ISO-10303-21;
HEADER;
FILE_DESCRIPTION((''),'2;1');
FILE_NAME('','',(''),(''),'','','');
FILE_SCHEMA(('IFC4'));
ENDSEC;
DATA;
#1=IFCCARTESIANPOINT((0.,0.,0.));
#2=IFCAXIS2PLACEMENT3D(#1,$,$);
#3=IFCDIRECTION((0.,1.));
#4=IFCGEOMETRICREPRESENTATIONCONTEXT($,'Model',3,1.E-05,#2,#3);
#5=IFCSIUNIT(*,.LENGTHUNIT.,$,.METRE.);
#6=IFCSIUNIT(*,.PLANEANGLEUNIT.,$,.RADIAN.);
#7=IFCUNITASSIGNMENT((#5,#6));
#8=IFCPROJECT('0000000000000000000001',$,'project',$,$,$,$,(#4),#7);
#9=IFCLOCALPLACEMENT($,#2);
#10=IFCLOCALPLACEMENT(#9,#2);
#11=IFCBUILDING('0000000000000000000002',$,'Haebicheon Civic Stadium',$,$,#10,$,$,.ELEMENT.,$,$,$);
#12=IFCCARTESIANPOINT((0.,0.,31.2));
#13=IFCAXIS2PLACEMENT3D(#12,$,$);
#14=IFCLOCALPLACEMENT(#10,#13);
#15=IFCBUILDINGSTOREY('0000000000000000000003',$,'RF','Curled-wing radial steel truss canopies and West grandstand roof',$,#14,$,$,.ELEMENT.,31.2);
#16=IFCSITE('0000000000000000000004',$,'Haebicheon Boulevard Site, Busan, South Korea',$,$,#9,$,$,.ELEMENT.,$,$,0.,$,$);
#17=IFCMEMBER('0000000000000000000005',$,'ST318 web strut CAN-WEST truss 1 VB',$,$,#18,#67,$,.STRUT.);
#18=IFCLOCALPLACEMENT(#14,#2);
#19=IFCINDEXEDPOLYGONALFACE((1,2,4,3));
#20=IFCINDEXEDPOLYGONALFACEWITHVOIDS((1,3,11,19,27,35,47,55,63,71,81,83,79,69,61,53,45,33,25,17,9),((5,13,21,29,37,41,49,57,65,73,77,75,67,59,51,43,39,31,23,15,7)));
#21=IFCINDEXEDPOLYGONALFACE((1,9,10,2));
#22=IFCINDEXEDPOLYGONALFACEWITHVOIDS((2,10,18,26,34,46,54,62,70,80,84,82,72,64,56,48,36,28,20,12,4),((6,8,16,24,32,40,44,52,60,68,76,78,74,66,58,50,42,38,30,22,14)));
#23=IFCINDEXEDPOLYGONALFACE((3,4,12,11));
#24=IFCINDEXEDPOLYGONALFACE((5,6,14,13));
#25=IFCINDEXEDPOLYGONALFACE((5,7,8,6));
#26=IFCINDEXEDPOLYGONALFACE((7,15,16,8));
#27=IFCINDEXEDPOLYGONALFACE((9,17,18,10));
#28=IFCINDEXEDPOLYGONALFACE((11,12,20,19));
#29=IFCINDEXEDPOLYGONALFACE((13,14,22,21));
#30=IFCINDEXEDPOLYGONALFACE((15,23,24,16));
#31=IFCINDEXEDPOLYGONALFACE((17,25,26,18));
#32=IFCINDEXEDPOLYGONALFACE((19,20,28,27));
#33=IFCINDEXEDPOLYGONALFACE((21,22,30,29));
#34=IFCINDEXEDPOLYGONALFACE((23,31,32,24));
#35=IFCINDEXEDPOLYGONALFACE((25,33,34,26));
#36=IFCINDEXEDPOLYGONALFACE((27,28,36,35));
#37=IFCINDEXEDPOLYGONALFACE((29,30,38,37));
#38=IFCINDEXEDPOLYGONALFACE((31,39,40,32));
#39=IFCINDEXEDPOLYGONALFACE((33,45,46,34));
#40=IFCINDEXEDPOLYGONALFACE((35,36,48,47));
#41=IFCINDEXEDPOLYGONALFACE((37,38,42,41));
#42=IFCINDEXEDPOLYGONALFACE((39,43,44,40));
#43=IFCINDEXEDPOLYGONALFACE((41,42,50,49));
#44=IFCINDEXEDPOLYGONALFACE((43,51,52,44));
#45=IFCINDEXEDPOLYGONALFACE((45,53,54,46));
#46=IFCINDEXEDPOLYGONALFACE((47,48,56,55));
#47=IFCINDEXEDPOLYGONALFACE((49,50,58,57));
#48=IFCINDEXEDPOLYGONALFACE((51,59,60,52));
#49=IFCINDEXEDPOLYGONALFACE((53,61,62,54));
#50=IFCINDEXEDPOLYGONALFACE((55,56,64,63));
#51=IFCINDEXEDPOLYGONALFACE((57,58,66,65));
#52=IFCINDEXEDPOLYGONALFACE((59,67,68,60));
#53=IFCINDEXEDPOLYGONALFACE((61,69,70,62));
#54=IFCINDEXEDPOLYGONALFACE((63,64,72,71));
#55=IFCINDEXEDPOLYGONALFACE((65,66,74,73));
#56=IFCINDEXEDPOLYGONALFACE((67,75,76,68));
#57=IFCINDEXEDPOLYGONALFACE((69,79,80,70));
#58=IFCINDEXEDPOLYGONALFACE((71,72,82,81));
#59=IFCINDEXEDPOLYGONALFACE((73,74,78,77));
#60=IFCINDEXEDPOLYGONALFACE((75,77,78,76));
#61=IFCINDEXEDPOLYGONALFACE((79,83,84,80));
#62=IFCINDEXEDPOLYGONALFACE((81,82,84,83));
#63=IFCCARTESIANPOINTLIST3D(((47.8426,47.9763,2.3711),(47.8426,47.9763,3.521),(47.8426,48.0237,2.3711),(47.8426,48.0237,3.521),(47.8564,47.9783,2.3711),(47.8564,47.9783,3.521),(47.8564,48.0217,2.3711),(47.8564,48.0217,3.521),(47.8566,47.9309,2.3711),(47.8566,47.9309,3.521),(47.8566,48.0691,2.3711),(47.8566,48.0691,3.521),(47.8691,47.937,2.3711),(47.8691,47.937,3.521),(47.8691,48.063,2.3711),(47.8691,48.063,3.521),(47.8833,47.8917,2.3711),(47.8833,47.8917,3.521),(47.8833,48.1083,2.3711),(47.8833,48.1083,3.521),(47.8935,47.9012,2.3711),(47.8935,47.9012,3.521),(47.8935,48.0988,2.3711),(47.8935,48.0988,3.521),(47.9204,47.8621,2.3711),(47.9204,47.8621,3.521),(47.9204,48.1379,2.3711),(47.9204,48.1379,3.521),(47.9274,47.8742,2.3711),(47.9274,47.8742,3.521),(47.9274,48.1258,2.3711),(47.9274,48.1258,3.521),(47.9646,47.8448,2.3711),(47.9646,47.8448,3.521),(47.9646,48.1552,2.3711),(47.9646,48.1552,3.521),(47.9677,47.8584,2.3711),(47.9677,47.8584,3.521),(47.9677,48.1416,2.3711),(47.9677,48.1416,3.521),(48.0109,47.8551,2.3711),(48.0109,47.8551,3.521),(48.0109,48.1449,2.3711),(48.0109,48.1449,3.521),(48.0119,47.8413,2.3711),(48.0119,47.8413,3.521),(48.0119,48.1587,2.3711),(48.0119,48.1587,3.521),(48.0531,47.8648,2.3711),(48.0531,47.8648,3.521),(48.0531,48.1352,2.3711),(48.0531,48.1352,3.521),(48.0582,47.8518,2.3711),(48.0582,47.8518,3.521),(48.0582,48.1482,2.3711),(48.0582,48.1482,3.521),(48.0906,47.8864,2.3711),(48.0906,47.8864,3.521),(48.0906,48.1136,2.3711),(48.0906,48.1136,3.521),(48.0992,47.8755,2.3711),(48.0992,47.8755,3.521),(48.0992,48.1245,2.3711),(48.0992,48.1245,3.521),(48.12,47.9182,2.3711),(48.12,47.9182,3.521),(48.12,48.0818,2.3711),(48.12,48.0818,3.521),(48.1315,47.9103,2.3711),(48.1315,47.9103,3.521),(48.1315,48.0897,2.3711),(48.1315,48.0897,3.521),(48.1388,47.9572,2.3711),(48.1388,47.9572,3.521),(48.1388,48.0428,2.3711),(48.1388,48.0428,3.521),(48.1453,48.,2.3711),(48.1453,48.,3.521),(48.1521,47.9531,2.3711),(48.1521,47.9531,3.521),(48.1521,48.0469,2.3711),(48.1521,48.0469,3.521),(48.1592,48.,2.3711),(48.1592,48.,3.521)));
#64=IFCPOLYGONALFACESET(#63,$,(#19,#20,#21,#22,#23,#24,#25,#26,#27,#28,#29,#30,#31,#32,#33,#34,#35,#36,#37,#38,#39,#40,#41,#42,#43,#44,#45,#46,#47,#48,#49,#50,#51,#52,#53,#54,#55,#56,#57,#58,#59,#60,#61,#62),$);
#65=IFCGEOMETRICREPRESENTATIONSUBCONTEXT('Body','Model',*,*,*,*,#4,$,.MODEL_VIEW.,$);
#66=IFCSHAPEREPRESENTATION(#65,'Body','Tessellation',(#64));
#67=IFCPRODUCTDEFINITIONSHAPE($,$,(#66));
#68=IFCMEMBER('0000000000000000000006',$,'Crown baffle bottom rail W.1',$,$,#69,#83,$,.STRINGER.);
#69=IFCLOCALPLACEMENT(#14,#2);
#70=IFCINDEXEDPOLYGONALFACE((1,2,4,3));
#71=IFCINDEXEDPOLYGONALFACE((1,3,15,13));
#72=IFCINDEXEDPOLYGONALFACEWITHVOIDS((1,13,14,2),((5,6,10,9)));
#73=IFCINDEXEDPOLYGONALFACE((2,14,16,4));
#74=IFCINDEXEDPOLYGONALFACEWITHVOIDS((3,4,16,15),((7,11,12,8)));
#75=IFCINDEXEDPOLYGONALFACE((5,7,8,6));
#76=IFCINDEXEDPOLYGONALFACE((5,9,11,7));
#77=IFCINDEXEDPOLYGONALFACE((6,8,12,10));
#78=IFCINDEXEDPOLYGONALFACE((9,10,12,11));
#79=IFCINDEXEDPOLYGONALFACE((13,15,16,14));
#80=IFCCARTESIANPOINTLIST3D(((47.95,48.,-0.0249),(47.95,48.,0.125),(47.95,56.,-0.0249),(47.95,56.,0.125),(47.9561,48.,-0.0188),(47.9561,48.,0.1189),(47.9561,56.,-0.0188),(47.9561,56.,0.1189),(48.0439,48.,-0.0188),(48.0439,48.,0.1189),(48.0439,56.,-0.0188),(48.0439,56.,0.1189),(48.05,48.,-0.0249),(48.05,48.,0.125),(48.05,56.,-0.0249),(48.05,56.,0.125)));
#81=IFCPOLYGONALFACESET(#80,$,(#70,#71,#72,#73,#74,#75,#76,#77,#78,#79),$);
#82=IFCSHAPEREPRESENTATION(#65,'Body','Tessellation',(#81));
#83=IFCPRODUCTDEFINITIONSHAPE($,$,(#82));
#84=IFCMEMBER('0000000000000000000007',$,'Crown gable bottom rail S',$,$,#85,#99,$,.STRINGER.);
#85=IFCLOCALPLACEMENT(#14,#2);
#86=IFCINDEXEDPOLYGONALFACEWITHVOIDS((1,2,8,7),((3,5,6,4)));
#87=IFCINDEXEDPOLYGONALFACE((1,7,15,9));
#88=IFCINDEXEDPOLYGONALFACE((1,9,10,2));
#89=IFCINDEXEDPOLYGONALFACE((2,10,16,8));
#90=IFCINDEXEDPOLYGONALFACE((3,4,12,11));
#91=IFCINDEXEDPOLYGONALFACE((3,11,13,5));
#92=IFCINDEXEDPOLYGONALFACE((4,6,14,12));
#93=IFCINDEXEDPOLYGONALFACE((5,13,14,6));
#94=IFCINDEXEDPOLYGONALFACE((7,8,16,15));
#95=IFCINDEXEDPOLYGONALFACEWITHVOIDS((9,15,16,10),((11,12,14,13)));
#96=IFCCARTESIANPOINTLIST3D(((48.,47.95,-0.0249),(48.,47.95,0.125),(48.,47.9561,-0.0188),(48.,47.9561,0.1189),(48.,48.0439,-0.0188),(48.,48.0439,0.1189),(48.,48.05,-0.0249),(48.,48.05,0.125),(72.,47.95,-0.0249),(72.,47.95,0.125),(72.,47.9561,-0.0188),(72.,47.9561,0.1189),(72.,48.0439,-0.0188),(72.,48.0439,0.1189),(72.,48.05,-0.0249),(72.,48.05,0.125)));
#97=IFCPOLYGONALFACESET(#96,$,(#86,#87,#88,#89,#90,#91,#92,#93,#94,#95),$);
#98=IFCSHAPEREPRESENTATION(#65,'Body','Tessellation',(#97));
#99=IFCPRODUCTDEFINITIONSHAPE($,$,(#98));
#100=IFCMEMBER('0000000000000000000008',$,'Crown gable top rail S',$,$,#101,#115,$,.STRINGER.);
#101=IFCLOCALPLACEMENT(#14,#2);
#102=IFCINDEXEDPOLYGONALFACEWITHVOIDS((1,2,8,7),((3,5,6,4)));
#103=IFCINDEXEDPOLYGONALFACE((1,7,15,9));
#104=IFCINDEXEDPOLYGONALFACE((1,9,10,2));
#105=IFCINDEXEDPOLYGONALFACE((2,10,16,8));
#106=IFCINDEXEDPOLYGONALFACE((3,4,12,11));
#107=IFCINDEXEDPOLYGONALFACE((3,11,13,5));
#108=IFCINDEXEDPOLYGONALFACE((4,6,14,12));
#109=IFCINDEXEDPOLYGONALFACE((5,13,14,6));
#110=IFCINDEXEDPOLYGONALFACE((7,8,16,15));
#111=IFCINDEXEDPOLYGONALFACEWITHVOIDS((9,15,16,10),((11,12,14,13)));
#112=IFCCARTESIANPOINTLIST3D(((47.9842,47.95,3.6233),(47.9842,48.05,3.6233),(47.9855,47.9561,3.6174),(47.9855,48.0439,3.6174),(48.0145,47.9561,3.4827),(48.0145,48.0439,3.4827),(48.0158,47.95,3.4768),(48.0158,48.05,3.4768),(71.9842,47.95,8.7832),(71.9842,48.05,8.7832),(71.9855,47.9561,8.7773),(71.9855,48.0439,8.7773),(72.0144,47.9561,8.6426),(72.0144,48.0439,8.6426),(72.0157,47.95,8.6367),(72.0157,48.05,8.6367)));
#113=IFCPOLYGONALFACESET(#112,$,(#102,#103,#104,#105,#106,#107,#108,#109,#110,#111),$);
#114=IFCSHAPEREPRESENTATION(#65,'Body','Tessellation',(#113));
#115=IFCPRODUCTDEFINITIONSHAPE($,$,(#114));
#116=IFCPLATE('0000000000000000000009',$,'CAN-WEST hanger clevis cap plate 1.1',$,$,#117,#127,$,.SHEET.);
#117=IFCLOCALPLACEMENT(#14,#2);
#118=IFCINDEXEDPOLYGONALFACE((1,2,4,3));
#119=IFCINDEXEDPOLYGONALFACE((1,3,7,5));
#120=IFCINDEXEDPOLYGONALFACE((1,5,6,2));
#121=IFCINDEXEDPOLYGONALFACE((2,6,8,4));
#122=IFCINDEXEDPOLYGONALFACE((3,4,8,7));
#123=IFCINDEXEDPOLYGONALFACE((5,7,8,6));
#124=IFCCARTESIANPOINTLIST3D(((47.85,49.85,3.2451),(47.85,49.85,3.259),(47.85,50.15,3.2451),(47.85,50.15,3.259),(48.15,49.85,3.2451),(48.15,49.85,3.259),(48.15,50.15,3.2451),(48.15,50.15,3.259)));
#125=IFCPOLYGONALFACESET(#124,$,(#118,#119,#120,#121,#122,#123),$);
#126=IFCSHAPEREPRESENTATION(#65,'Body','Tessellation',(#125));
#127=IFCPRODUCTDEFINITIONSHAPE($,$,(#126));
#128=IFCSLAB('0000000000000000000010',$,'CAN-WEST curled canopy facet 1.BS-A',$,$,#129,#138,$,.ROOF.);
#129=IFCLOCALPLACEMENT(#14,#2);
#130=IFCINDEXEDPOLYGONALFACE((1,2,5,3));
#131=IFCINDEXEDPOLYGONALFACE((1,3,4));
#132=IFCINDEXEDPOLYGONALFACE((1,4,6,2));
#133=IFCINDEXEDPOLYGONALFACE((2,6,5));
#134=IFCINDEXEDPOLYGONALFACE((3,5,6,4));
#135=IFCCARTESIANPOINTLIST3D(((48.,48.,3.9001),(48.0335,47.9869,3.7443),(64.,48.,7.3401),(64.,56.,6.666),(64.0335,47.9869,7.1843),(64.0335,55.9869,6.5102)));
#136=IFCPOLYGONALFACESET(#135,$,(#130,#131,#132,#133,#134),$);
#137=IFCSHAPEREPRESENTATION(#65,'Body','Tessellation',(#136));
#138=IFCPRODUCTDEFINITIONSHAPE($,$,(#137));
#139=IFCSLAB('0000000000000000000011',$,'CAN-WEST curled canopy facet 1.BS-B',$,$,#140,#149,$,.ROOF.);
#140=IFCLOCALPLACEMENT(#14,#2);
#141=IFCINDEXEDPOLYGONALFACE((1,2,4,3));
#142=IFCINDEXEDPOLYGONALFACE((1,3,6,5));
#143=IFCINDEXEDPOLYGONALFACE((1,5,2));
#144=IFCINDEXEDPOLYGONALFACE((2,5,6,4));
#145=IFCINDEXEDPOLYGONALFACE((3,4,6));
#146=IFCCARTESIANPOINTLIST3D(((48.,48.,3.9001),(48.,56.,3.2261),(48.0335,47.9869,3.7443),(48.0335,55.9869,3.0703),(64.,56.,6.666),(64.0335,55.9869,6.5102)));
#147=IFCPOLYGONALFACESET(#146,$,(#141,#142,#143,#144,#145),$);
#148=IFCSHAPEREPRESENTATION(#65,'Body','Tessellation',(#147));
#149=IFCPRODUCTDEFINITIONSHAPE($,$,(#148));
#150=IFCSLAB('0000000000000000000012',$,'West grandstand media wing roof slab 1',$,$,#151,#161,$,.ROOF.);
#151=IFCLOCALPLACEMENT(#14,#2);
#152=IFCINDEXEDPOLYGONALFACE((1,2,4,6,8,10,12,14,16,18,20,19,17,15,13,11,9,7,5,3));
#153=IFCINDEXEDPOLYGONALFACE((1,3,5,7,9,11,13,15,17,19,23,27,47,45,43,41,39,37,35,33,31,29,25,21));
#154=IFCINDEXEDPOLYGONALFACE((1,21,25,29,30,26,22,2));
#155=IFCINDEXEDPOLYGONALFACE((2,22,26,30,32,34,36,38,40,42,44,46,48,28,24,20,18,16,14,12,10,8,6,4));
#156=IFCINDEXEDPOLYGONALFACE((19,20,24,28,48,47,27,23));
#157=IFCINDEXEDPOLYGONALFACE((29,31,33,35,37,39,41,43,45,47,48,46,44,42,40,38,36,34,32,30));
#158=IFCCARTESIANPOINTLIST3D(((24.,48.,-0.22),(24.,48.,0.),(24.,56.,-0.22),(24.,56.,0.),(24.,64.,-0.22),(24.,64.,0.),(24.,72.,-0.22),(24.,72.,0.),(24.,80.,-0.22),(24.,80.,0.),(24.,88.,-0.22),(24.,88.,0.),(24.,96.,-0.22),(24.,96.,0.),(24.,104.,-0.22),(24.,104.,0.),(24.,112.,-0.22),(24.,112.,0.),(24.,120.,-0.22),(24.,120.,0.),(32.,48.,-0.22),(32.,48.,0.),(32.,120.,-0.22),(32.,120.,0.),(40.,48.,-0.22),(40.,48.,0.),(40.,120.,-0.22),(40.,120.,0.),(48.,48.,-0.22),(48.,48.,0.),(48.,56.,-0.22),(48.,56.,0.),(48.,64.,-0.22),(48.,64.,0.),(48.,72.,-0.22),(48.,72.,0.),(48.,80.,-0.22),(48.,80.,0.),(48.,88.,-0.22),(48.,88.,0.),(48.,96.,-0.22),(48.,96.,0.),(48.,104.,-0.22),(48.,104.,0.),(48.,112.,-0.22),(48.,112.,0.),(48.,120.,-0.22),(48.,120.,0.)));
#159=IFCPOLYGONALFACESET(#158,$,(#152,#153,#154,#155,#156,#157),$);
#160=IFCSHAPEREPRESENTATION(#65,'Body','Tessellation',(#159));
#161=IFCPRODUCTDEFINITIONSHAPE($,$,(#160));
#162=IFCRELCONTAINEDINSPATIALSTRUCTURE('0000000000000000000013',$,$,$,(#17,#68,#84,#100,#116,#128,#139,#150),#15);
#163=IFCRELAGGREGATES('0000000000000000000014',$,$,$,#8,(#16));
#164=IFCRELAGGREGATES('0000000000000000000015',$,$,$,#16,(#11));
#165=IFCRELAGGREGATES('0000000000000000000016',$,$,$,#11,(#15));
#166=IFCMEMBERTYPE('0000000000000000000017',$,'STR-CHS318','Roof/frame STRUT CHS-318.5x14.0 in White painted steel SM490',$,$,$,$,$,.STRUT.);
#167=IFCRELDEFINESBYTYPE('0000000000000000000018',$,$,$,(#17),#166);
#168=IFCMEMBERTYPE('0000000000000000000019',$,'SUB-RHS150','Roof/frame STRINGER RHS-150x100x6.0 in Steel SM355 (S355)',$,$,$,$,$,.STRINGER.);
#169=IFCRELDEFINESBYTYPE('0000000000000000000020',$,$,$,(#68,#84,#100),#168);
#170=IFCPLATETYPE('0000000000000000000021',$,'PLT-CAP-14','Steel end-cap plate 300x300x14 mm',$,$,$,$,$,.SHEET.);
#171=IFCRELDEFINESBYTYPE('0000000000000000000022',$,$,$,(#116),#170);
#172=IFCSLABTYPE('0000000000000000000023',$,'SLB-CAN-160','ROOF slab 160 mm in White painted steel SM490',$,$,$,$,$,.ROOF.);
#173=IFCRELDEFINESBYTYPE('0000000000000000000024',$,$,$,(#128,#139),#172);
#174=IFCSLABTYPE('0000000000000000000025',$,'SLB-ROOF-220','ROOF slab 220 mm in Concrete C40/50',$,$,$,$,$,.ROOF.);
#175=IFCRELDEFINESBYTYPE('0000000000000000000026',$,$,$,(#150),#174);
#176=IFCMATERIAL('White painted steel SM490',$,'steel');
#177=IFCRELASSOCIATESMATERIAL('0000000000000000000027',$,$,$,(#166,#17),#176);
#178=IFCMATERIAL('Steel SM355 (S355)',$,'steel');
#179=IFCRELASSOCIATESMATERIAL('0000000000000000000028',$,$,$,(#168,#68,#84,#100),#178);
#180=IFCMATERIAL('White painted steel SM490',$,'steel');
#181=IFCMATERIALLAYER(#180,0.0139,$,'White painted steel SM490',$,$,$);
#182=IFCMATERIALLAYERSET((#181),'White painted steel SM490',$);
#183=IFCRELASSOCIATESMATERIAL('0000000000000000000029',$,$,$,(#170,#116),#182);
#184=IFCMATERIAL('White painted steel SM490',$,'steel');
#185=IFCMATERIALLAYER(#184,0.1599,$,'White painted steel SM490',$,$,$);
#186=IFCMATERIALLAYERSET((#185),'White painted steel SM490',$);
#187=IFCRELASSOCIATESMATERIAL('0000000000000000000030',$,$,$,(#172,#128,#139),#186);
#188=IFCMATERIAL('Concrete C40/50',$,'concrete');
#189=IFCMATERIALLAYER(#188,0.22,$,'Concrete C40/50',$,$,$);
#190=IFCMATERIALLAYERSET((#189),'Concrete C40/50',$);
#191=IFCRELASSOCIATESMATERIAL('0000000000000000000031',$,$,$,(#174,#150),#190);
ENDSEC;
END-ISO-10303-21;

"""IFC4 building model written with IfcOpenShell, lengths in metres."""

from ifc_helpers import new_model, si_unit, direction, frame, origin, origin_2d, place, context, subcontext, project, spatial, polyline, rectangle, hollow_rectangle, hollow_circle, outline, extrude, material, layer, layer_set, material_profile, profile_set, type_object, element, save


model = new_model("IFC4")

# Units and contexts
model_context = context("Model", 3, precision=1e-05, world=origin(), true_north=direction((0.0, 1.0)))
body_context = subcontext(model_context, "Body", "Model", "MODEL_VIEW")
ifc_project = project(units=[si_unit("LENGTHUNIT", "METRE"), si_unit("PLANEANGLEUNIT", "RADIAN")], contexts=[model_context])

# Site, building, storey
site_placement = place(None, origin())
site = spatial("IfcSite", under=ifc_project, at=site_placement, Name="Haebicheon Boulevard Site, Busan, South Korea", CompositionType="ELEMENT", RefElevation=0.0)
building_placement = place(site_placement, origin())
building = spatial("IfcBuilding", under=site, at=building_placement, Name="Haebicheon Civic Stadium", CompositionType="ELEMENT")
storey_placement = place(building_placement, frame((0.0, 0.0, 31.2)))
storey = spatial("IfcBuildingStorey", under=building, at=storey_placement, Name="RF", Description="Curled-wing radial steel truss canopies and West grandstand roof", CompositionType="ELEMENT", Elevation=31.2)

# Members
ifc_material_1 = material(Name="White painted steel SM490", Category="steel")
ifc_material_profile_1 = material_profile(ifc_material_1, hollow_circle(Radius=0.1592, WallThickness=0.0139, at=origin_2d()), Name="CHS-318.5x14.0")
ifc_profile_set_1 = profile_set([ifc_material_profile_1], Name="White painted steel SM490")
member_type_1 = type_object("IfcMemberType", Name="STR-CHS318", Description="Roof/frame STRUT CHS-318.5x14.0 in White painted steel SM490", PredefinedType="STRUT", material=ifc_profile_set_1)
member_1_placement = place(storey_placement, frame((48.0, 48.0, 2.3711), z_axis=(0.0, 0.0, 1.0), x_axis=(1.0, 0.0, 0.0)))
element("IfcMember", 1, at=member_1_placement, inside=storey, type_object=member_type_1, material=ifc_profile_set_1, Name="ST318 web strut CAN-WEST truss 1 VB", PredefinedType="STRUT", context=body_context, shape_type="SweptSolid", body=[
    extrude(hollow_circle(Radius=0.1592, WallThickness=0.0139, at=origin_2d()), origin(), (0.0, 0.0, 1.0), 1.1499),
])
ifc_material_2 = material(Name="Steel SM355 (S355)", Category="steel")
ifc_material_profile_2 = material_profile(ifc_material_2, hollow_rectangle(XDim=0.1001, YDim=0.1499, WallThickness=0.0061, at=origin_2d()), Name="RHS-150x100x6.0")
ifc_profile_set_2 = profile_set([ifc_material_profile_2], Name="Steel SM355 (S355)")
member_type_2 = type_object("IfcMemberType", Name="SUB-RHS150", Description="Roof/frame STRINGER RHS-150x100x6.0 in Steel SM355 (S355)", PredefinedType="STRINGER", material=ifc_profile_set_2)
member_2_placement = place(storey_placement, frame((48.0, 48.0, 0.05), z_axis=(0.0, 1.0, 0.0), x_axis=(-1.0, 0.0, 0.0)))
element("IfcMember", 2, at=member_2_placement, inside=storey, type_object=member_type_2, material=ifc_profile_set_2, Name="Crown baffle bottom rail W.1", PredefinedType="STRINGER", context=body_context, shape_type="SweptSolid", body=[
    extrude(hollow_rectangle(XDim=0.1001, YDim=0.1499, WallThickness=0.0061, at=origin_2d()), origin(), (0.0, 0.0, 1.0), 8.0),
])
member_3_placement = place(storey_placement, frame((48.0, 48.0, 0.05), z_axis=(1.0, 0.0, 0.0), x_axis=(0.0, 1.0, 0.0)))
element("IfcMember", 3, at=member_3_placement, inside=storey, type_object=member_type_2, material=ifc_profile_set_2, Name="Crown gable bottom rail S", PredefinedType="STRINGER", context=body_context, shape_type="SweptSolid", body=[
    extrude(hollow_rectangle(XDim=0.1001, YDim=0.1499, WallThickness=0.0061, at=origin_2d()), origin(), (0.0, 0.0, 1.0), 24.0),
])
member_4_placement = place(storey_placement, frame((48.0, 48.0, 3.55), z_axis=(0.97766, 0.0, 0.210193), x_axis=(0.0, 1.0, 0.0)))
element("IfcMember", 4, at=member_4_placement, inside=storey, type_object=member_type_2, material=ifc_profile_set_2, Name="Crown gable top rail S", PredefinedType="STRINGER", context=body_context, shape_type="SweptSolid", body=[
    extrude(hollow_rectangle(XDim=0.1001, YDim=0.1499, WallThickness=0.0061, at=origin_2d()), origin(), (0.0, 0.0, 1.0), 24.5483),
])

# Plate
ifc_material_3 = material(Name="White painted steel SM490", Category="steel")
ifc_layer_1 = layer(ifc_material_3, 0.0139, Name="White painted steel SM490")
ifc_layer_set_1 = layer_set([ifc_layer_1], Name="White painted steel SM490")
plate_type = type_object("IfcPlateType", Name="PLT-CAP-14", Description="Steel end-cap plate 300x300x14 mm", PredefinedType="SHEET", material=ifc_layer_set_1)
plate_placement = place(storey_placement, frame((48.0, 50.0, 3.2451), z_axis=(0.0, 0.0, 1.0), x_axis=(1.0, 0.0, 0.0)))
element("IfcPlate", 5, at=plate_placement, inside=storey, type_object=plate_type, material=ifc_layer_set_1, Name="CAN-WEST hanger clevis cap plate 1.1", PredefinedType="SHEET", context=body_context, shape_type="SweptSolid", body=[
    extrude(rectangle(XDim=0.3, YDim=0.3, at=origin_2d()), origin(), (0.0, 0.0, 1.0), 0.0139),
])

# Slabs
ifc_material_4 = material(Name="White painted steel SM490", Category="steel")
ifc_layer_2 = layer(ifc_material_4, 0.1599, Name="White painted steel SM490")
ifc_layer_set_2 = layer_set([ifc_layer_2], Name="White painted steel SM490")
slab_type_1 = type_object("IfcSlabType", Name="SLB-CAN-160", Description="ROOF slab 160 mm in White painted steel SM490", PredefinedType="ROOF", material=ifc_layer_set_2)
slab_1_placement = place(storey_placement, frame((48.0, 48.0, 3.9001), z_axis=(-0.209484, 0.082099, 0.974359), x_axis=(0.97766, 0.0, 0.210193)))
element("IfcSlab", 6, at=slab_1_placement, inside=storey, type_object=slab_type_1, material=ifc_layer_set_2, Name="CAN-WEST curled canopy facet 1.BS-A", PredefinedType="ROOF", context=body_context, shape_type="SweptSolid", body=[
    extrude(outline(polyline([(0.0, 0.0), (16.3656, 0.0), (16.2239, 8.0271), (0.0, 0.0)])), origin(), (0.0, 0.0, -1.0), 0.1599),
])
slab_2_placement = place(storey_placement, frame((48.0, 48.0, 3.9001), z_axis=(-0.209484, 0.082099, 0.974359), x_axis=(0.883924, 0.441962, 0.152801)))
element("IfcSlab", 7, at=slab_2_placement, inside=storey, type_object=slab_type_1, material=ifc_layer_set_2, Name="CAN-WEST curled canopy facet 1.BS-B", PredefinedType="ROOF", context=body_context, shape_type="SweptSolid", body=[
    extrude(outline(polyline([(0.0, 0.0), (18.1011, 0.0), (3.4327, 7.2575), (0.0, 0.0)])), origin(), (0.0, 0.0, -1.0), 0.1599),
])
ifc_material_5 = material(Name="Concrete C40/50", Category="concrete")
ifc_layer_3 = layer(ifc_material_5, 0.22, Name="Concrete C40/50")
ifc_layer_set_3 = layer_set([ifc_layer_3], Name="Concrete C40/50")
slab_type_2 = type_object("IfcSlabType", Name="SLB-ROOF-220", Description="ROOF slab 220 mm in Concrete C40/50", PredefinedType="ROOF", material=ifc_layer_set_3)
slab_3_placement = place(storey_placement, frame((0.0, 0.0, -0.22)))
element("IfcSlab", 8, at=slab_3_placement, inside=storey, type_object=slab_type_2, material=ifc_layer_set_3, Name="West grandstand media wing roof slab 1", PredefinedType="ROOF", context=body_context, shape_type="SweptSolid", body=[
    extrude(outline(polyline([(24.0, 64.0), (24.0, 72.0), (24.0, 80.0), (24.0, 88.0), (24.0, 96.0), (24.0, 104.0), (24.0, 112.0), (24.0, 120.0), (32.0, 120.0), (40.0, 120.0), (48.0, 120.0), (48.0, 112.0), (48.0, 104.0), (48.0, 96.0), (48.0, 88.0), (48.0, 80.0), (48.0, 72.0), (48.0, 64.0), (48.0, 56.0), (48.0, 48.0), (40.0, 48.0), (32.0, 48.0), (24.0, 48.0), (24.0, 56.0), (24.0, 64.0)])), origin(), (0.0, 0.0, 1.0), 0.22),
])

save(model, "model.ifc")
